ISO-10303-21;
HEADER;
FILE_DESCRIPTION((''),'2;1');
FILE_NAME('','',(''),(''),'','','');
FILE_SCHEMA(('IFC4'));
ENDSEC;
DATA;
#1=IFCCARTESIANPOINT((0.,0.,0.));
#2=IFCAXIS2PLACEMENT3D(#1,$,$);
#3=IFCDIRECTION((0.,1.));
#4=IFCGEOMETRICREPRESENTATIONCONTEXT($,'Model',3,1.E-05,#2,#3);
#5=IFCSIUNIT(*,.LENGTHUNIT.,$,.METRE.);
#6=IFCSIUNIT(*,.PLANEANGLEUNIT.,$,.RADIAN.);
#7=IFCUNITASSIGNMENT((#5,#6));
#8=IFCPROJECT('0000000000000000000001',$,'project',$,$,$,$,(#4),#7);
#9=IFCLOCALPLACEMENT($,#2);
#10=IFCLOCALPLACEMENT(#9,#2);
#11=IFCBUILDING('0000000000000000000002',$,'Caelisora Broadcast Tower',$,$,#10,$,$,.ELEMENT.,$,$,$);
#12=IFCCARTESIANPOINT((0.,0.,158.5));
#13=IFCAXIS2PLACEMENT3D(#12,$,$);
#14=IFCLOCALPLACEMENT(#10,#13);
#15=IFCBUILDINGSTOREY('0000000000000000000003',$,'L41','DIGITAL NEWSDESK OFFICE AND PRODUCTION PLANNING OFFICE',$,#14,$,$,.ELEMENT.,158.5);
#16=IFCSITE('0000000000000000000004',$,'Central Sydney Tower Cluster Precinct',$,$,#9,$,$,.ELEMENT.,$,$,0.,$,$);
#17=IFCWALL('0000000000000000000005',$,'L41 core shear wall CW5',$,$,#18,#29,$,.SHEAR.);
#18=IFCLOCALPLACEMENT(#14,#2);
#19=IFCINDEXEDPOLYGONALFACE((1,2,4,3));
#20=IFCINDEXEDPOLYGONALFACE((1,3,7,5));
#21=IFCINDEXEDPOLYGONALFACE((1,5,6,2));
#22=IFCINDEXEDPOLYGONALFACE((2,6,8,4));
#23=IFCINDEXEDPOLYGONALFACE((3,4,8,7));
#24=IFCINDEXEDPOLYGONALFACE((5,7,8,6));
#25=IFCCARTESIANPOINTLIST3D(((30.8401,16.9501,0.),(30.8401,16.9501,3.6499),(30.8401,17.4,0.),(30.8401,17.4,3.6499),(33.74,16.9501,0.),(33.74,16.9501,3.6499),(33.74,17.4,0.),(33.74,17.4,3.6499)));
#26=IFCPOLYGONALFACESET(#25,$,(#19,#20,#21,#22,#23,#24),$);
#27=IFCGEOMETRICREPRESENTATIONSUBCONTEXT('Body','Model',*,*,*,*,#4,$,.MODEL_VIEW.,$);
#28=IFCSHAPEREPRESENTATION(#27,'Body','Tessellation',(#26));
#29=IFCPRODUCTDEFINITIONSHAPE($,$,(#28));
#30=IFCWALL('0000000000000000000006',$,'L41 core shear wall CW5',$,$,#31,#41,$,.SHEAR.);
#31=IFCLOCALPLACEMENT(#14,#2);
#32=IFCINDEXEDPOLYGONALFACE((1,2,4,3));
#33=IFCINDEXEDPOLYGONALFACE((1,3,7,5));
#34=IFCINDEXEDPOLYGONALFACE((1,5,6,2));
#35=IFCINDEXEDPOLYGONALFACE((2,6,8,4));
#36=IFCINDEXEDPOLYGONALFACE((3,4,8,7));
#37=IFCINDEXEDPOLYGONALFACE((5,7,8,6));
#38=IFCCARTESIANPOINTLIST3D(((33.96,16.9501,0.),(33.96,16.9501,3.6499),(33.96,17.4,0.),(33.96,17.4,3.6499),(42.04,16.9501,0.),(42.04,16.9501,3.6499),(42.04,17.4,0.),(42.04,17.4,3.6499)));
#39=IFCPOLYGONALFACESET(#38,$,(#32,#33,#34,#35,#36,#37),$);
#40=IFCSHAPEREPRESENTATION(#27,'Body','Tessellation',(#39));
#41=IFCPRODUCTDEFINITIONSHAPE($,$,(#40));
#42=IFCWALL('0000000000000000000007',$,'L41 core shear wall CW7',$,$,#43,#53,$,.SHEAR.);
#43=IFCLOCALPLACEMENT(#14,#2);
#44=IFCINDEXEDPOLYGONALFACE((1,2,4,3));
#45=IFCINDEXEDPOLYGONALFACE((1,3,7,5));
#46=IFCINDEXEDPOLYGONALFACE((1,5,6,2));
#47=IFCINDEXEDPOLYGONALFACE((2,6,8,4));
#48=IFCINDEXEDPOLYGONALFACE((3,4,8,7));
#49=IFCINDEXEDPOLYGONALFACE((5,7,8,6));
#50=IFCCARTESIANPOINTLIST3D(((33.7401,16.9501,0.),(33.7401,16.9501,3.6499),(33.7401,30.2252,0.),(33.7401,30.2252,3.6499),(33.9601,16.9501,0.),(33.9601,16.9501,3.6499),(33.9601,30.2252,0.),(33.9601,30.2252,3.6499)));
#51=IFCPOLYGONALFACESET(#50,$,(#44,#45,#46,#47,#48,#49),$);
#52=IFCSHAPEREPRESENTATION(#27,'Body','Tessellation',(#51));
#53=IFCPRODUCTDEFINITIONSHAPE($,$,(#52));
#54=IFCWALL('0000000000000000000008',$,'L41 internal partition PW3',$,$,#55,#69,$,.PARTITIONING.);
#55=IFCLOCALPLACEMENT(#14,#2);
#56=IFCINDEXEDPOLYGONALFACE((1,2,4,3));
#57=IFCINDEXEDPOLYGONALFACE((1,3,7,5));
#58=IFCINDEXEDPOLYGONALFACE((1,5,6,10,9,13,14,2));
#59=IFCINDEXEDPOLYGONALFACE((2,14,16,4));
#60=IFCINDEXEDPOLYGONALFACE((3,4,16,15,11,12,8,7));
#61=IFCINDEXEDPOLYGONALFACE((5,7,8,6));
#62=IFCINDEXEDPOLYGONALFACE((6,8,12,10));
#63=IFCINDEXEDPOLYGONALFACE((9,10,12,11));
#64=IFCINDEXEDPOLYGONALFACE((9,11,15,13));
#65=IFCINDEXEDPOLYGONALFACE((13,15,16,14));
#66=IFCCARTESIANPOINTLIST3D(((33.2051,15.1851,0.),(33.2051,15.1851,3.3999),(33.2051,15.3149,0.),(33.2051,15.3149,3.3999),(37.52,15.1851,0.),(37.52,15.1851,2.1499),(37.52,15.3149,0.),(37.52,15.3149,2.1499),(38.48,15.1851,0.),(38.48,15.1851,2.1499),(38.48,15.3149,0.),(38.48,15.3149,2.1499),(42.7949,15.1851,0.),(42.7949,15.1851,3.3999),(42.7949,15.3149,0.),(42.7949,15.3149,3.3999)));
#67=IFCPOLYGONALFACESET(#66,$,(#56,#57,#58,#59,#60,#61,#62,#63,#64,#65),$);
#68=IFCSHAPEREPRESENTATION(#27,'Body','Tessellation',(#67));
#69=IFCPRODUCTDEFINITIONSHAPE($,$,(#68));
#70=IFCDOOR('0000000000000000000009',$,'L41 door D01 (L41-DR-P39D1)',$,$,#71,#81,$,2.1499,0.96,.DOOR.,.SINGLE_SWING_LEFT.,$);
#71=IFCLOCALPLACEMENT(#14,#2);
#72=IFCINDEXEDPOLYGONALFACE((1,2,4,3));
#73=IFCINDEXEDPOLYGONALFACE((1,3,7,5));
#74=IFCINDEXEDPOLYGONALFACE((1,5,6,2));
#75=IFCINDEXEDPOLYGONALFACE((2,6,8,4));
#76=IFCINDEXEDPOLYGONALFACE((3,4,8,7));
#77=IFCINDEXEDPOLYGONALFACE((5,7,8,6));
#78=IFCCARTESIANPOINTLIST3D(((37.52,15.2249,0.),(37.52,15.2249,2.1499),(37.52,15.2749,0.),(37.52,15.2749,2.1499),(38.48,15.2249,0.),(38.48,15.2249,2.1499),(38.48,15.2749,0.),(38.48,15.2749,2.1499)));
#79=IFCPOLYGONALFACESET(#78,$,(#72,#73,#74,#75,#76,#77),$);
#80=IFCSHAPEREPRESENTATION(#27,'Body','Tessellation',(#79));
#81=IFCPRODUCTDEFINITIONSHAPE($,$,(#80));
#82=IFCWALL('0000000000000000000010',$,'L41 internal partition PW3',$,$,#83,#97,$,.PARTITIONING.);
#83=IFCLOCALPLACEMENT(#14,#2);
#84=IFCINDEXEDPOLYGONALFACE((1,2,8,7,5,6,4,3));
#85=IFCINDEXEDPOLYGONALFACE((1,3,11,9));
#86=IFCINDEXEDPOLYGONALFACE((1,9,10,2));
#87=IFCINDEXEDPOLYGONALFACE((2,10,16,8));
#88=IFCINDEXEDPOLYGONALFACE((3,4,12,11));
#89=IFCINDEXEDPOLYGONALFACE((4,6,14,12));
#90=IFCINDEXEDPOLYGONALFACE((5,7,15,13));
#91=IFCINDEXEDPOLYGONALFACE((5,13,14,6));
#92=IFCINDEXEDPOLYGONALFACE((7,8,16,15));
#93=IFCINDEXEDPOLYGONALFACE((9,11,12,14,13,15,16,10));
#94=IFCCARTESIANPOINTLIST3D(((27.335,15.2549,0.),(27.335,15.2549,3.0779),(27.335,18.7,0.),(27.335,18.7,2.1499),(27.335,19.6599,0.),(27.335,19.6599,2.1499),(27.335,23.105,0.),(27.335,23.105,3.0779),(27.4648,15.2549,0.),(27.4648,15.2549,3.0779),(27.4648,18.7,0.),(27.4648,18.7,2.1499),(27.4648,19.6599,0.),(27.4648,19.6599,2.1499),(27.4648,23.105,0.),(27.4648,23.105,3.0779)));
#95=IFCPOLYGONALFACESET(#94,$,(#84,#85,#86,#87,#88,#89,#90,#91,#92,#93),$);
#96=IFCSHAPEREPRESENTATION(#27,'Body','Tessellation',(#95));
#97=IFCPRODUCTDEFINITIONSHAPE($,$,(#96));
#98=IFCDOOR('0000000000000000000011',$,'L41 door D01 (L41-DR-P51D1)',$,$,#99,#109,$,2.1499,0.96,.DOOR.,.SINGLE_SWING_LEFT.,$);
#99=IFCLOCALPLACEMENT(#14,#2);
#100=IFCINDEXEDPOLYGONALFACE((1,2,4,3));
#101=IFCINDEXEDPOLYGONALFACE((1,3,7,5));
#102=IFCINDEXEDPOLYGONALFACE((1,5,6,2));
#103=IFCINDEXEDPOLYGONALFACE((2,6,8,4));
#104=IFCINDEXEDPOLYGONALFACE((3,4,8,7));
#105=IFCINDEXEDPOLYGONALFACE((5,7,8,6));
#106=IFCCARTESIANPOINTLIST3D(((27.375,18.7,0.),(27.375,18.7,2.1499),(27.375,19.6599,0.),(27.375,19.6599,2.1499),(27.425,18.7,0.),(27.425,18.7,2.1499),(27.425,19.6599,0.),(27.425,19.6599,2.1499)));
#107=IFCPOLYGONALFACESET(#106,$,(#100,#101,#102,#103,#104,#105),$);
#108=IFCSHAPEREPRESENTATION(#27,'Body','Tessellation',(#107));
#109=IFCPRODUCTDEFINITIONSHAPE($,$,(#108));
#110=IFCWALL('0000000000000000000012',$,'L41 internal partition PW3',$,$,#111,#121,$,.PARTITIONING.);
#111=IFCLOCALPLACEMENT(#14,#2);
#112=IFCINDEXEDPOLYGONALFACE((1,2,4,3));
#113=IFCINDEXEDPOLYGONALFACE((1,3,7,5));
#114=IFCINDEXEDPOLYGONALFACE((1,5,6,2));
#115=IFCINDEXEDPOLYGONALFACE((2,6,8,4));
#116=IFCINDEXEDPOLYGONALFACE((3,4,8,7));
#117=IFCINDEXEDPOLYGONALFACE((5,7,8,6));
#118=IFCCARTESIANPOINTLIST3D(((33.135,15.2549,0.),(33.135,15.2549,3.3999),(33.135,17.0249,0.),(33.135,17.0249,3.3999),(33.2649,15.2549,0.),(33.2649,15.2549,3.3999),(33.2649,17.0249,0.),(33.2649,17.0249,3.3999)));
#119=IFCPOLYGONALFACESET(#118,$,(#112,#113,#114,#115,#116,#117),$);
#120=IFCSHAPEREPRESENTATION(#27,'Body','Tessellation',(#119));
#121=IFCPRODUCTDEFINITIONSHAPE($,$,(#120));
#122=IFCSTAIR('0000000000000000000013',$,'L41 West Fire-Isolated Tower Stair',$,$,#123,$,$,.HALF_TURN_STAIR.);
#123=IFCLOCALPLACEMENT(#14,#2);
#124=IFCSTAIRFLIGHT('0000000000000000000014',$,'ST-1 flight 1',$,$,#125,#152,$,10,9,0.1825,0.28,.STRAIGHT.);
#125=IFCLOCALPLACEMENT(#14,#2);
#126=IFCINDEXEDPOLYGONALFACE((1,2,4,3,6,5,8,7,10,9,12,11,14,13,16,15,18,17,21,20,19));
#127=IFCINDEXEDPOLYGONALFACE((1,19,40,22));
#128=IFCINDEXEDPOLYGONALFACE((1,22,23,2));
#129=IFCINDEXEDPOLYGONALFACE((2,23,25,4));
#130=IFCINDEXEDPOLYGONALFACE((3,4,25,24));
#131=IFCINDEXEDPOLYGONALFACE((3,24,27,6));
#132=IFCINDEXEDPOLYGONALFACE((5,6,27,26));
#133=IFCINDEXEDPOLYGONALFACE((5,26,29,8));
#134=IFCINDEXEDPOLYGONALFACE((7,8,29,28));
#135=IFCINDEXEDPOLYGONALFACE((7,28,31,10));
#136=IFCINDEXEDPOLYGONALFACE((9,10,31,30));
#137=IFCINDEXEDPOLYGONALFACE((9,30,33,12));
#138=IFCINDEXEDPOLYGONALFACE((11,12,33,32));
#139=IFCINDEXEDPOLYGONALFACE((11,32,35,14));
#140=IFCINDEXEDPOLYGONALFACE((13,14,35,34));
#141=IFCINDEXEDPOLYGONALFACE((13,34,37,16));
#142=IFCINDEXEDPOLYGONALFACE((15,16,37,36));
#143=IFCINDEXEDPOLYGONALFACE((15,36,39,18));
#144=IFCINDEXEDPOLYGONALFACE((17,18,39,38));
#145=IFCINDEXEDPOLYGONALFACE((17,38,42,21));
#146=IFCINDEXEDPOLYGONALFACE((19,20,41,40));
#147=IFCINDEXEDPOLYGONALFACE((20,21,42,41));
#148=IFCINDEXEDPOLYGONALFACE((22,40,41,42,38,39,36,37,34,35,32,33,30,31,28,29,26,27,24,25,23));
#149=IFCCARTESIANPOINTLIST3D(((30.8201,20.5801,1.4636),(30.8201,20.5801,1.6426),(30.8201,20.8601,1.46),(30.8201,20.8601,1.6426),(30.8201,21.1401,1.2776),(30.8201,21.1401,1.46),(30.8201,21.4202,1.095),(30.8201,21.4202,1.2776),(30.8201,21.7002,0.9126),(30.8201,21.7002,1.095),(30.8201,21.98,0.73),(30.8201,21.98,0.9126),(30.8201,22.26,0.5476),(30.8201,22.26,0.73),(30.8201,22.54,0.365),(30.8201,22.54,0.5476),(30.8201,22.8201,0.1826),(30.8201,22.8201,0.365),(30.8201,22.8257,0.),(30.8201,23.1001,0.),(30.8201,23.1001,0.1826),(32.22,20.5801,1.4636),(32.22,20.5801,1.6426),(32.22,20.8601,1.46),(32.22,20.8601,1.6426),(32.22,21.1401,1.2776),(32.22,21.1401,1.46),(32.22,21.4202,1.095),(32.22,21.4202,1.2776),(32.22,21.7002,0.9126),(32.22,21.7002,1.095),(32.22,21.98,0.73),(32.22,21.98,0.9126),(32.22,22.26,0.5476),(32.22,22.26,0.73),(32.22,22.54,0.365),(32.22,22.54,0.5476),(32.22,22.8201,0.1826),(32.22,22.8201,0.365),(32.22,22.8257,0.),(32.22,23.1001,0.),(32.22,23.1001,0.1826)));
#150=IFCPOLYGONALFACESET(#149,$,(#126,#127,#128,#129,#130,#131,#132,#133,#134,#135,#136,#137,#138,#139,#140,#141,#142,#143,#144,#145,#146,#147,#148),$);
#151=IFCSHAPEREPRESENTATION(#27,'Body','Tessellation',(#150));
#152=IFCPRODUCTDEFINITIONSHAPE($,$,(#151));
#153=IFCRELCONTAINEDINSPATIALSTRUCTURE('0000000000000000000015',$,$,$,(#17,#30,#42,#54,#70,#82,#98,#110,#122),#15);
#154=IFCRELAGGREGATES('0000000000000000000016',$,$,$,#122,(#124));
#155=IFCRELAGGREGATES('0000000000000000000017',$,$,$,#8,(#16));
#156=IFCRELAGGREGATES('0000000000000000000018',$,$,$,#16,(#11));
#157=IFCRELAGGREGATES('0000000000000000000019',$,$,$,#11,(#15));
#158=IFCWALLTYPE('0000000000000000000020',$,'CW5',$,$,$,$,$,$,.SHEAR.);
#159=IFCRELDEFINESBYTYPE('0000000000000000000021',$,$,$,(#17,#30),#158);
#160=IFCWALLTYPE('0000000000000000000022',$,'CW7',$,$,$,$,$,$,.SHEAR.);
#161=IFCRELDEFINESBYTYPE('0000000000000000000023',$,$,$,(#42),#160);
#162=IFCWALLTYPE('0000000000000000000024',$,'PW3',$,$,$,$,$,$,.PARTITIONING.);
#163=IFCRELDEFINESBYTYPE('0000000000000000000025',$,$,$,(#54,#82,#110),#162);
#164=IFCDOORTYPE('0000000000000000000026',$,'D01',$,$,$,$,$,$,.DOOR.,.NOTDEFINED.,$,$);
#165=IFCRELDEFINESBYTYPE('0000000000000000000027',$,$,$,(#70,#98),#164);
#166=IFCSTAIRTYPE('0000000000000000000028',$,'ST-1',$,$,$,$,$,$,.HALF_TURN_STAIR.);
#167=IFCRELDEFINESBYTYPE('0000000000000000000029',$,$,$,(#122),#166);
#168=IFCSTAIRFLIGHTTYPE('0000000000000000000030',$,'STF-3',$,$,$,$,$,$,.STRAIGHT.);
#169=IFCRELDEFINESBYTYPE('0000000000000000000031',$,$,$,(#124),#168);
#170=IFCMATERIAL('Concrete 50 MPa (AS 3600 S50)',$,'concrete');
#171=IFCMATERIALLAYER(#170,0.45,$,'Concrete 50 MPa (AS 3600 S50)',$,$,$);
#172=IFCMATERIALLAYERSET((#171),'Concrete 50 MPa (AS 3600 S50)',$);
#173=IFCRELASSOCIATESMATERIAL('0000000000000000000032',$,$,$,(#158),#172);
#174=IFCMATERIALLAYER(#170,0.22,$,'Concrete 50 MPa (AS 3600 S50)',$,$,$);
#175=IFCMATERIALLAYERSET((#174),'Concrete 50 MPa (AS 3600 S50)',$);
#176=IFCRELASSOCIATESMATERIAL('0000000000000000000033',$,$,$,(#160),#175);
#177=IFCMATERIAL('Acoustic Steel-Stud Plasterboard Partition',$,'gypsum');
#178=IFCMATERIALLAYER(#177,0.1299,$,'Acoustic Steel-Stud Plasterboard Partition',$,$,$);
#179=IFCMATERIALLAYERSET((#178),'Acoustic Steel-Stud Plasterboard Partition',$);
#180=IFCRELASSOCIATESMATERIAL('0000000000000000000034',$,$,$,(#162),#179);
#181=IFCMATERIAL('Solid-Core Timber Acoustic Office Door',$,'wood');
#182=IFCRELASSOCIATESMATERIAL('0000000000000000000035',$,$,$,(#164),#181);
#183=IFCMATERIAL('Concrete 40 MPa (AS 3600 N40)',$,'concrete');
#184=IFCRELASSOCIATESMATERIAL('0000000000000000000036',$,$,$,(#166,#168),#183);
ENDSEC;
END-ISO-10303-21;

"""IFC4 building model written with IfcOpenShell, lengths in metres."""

from ifc_helpers import new_model, si_unit, direction, frame, frame_2d, origin, place, context, subcontext, project, spatial, polyline, rectangle, outline, extrude, material, layer, layer_set, type_object, element, fill, aggregate, save


model = new_model("IFC4")

# Units and contexts
model_context = context("Model", 3, precision=1e-05, world=origin(), true_north=direction((0.0, 1.0)))
body_context = subcontext(model_context, "Body", "Model", "MODEL_VIEW")
ifc_project = project(units=[si_unit("LENGTHUNIT", "METRE"), si_unit("PLANEANGLEUNIT", "RADIAN")], contexts=[model_context])

# Site, building, storey
site_placement = place(None, origin())
site = spatial("IfcSite", under=ifc_project, at=site_placement, Name="Central Sydney Tower Cluster Precinct", CompositionType="ELEMENT", RefElevation=0.0)
building_placement = place(site_placement, origin())
building = spatial("IfcBuilding", under=site, at=building_placement, Name="Caelisora Broadcast Tower", CompositionType="ELEMENT")
storey_placement = place(building_placement, frame((0.0, 0.0, 158.5)))
storey = spatial("IfcBuildingStorey", under=building, at=storey_placement, Name="L41", Description="DIGITAL NEWSDESK OFFICE AND PRODUCTION PLANNING OFFICE", CompositionType="ELEMENT", Elevation=158.5)

# Shared definitions
ifc_material_1 = material(Name="Concrete 50 MPa (AS 3600 S50)", Category="concrete")

# Walls
ifc_layer_1 = layer(ifc_material_1, 0.45, Name="Concrete 50 MPa (AS 3600 S50)")
ifc_layer_set_1 = layer_set([ifc_layer_1], Name="Concrete 50 MPa (AS 3600 S50)")
wall_type_1 = type_object("IfcWallType", Name="CW5", PredefinedType="SHEAR", material=ifc_layer_set_1)
wall_1_placement = place(storey_placement, frame((30.8401, 17.175, 0.0), z_axis=(0.0, 0.0, 1.0), x_axis=(1.0, 0.0, 0.0)))
element("IfcWall", 1, at=wall_1_placement, inside=storey, type_object=wall_type_1, Name="L41 core shear wall CW5", PredefinedType="SHEAR", context=body_context, shape_type="SweptSolid", body=[
    extrude(rectangle(XDim=2.8999, YDim=0.45, at=frame_2d((1.45, 0.0))), origin(), (0.0, 0.0, 1.0), 3.6499),
])
wall_2_placement = place(storey_placement, frame((33.96, 17.175, 0.0), z_axis=(0.0, 0.0, 1.0), x_axis=(1.0, 0.0, 0.0)))
element("IfcWall", 2, at=wall_2_placement, inside=storey, type_object=wall_type_1, Name="L41 core shear wall CW5", PredefinedType="SHEAR", context=body_context, shape_type="SweptSolid", body=[
    extrude(rectangle(XDim=8.0801, YDim=0.45, at=frame_2d((4.04, 0.0))), origin(), (0.0, 0.0, 1.0), 3.6499),
])
ifc_layer_2 = layer(ifc_material_1, 0.22, Name="Concrete 50 MPa (AS 3600 S50)")
ifc_layer_set_2 = layer_set([ifc_layer_2], Name="Concrete 50 MPa (AS 3600 S50)")
wall_type_2 = type_object("IfcWallType", Name="CW7", PredefinedType="SHEAR", material=ifc_layer_set_2)
wall_3_placement = place(storey_placement, frame((33.8501, 16.95, 0.0), z_axis=(0.0, 0.0, 1.0), x_axis=(0.0, 1.0, 0.0)))
element("IfcWall", 3, at=wall_3_placement, inside=storey, type_object=wall_type_2, Name="L41 core shear wall CW7", PredefinedType="SHEAR", context=body_context, shape_type="SweptSolid", body=[
    extrude(rectangle(XDim=13.2751, YDim=0.22, at=frame_2d((6.6377, 0.0))), origin(), (0.0, 0.0, 1.0), 3.6499),
])

# Walls, openings, doors
ifc_material_2 = material(Name="Acoustic Steel-Stud Plasterboard Partition", Category="gypsum")
ifc_layer_3 = layer(ifc_material_2, 0.1299, Name="Acoustic Steel-Stud Plasterboard Partition")
ifc_layer_set_3 = layer_set([ifc_layer_3], Name="Acoustic Steel-Stud Plasterboard Partition")
wall_type_3 = type_object("IfcWallType", Name="PW3", PredefinedType="PARTITIONING", material=ifc_layer_set_3)
wall_4_placement = place(storey_placement, frame((33.2051, 15.25, 0.0), z_axis=(0.0, 0.0, 1.0), x_axis=(1.0, 0.0, 0.0)))
wall_4 = element("IfcWall", 4, at=wall_4_placement, inside=storey, type_object=wall_type_3, Name="L41 internal partition PW3", PredefinedType="PARTITIONING", context=body_context, shape_type="SweptSolid", body=[
    extrude(rectangle(XDim=9.5898, YDim=0.1299, at=frame_2d((4.7949, 0.0))), origin(), (0.0, 0.0, 1.0), 3.3999),
])
opening_1_placement = place(wall_4_placement, frame((4.3149, 0.0, 0.0)))
opening_1 = element("IfcOpeningElement", 5, at=opening_1_placement, cuts=wall_4, PredefinedType="OPENING", context=body_context, shape_type="SweptSolid", body=[
    extrude(rectangle(XDim=0.96, YDim=2.1499, at=frame_2d((0.48, 1.075))), frame((0.0, 0.0769, 0.0), z_axis=(0.0, -1.0, 0.0), x_axis=(1.0, 0.0, 0.0)), (0.0, 0.0, 1.0), 0.1538),
])
ifc_material_3 = material(Name="Solid-Core Timber Acoustic Office Door", Category="wood")
door_type_1 = type_object("IfcDoorType", Name="D01", OperationType="NOTDEFINED", PredefinedType="DOOR", material=ifc_material_3)
door_1_placement = place(opening_1_placement, origin())
door_1 = element("IfcDoor", 6, at=door_1_placement, inside=storey, type_object=door_type_1, Name="L41 door D01 (L41-DR-P39D1)", OperationType="SINGLE_SWING_LEFT", OverallHeight=2.1499, OverallWidth=0.96, PredefinedType="DOOR", context=body_context, shape_type="SweptSolid", body=[
    extrude(rectangle(XDim=0.96, YDim=2.1499, at=frame_2d((0.48, 1.075))), frame((0.0, 0.0249, 0.0), z_axis=(0.0, -1.0, 0.0), x_axis=(1.0, 0.0, 0.0)), (0.0, 0.0, 1.0), 0.05),
])
fill(opening_1, door_1)
wall_5_placement = place(storey_placement, frame((27.3999, 15.2549, 0.0), z_axis=(0.0, 0.0, 1.0), x_axis=(0.0, 1.0, 0.0)))
wall_5 = element("IfcWall", 7, at=wall_5_placement, inside=storey, type_object=wall_type_3, Name="L41 internal partition PW3", PredefinedType="PARTITIONING", context=body_context, shape_type="SweptSolid", body=[
    extrude(rectangle(XDim=7.8501, YDim=0.1299, at=frame_2d((3.925, 0.0))), origin(), (0.0, 0.0, 1.0), 3.0779),
])
opening_2_placement = place(wall_5_placement, frame((3.4451, 0.0, 0.0)))
opening_2 = element("IfcOpeningElement", 8, at=opening_2_placement, cuts=wall_5, PredefinedType="OPENING", context=body_context, shape_type="SweptSolid", body=[
    extrude(rectangle(XDim=0.96, YDim=2.1499, at=frame_2d((0.48, 1.075))), frame((0.0, 0.0769, 0.0), z_axis=(0.0, -1.0, 0.0), x_axis=(1.0, 0.0, 0.0)), (0.0, 0.0, 1.0), 0.1538),
])
door_2_placement = place(opening_2_placement, origin())
door_2 = element("IfcDoor", 9, at=door_2_placement, inside=storey, type_object=door_type_1, Name="L41 door D01 (L41-DR-P51D1)", OperationType="SINGLE_SWING_LEFT", OverallHeight=2.1499, OverallWidth=0.96, PredefinedType="DOOR", context=body_context, shape_type="SweptSolid", body=[
    extrude(rectangle(XDim=0.96, YDim=2.1499, at=frame_2d((0.48, 1.075))), frame((0.0, 0.0249, 0.0), z_axis=(0.0, -1.0, 0.0), x_axis=(1.0, 0.0, 0.0)), (0.0, 0.0, 1.0), 0.05),
])
fill(opening_2, door_2)

# Wall
wall_6_placement = place(storey_placement, frame((33.2, 15.2549, 0.0), z_axis=(0.0, 0.0, 1.0), x_axis=(0.0, 1.0, 0.0)))
element("IfcWall", 10, at=wall_6_placement, inside=storey, type_object=wall_type_3, Name="L41 internal partition PW3", PredefinedType="PARTITIONING", context=body_context, shape_type="SweptSolid", body=[
    extrude(rectangle(XDim=1.77, YDim=0.1299, at=frame_2d((0.885, 0.0))), origin(), (0.0, 0.0, 1.0), 3.3999),
])

# Stair, stair flight
ifc_material_4 = material(Name="Concrete 40 MPa (AS 3600 N40)", Category="concrete")
stair_type = type_object("IfcStairType", Name="ST-1", PredefinedType="HALF_TURN_STAIR", material=ifc_material_4)
stair_placement = place(storey_placement, origin())
stair = element("IfcStair", 11, at=stair_placement, inside=storey, type_object=stair_type, Name="L41 West Fire-Isolated Tower Stair", PredefinedType="HALF_TURN_STAIR")
stair_flight_type = type_object("IfcStairFlightType", Name="STF-3", PredefinedType="STRAIGHT", material=ifc_material_4)
stair_flight_1_placement = place(storey_placement, frame((31.52, 23.1001, 0.0), z_axis=(0.0, 0.0, 1.0), x_axis=(0.0, -1.0, 0.0)))
stair_flight_1 = element("IfcStairFlight", 12, at=stair_flight_1_placement, type_object=stair_flight_type, Name="ST-1 flight 1", NumberOfRisers=10, NumberOfTreads=9, PredefinedType="STRAIGHT", RiserHeight=0.1825, TreadLength=0.28, context=body_context, shape_type="SweptSolid", body=[
    extrude(outline(polyline([(0.0, 0.0), (0.0, 0.1826), (0.28, 0.1826), (0.28, 0.365), (0.5601, 0.365), (0.5601, 0.5476), (0.8401, 0.5476), (0.8401, 0.73), (1.1201, 0.73), (1.1201, 0.9126), (1.3999, 0.9126), (1.3999, 1.095), (1.6799, 1.095), (1.6799, 1.2776), (1.96, 1.2776), (1.96, 1.46), (2.24, 1.46), (2.24, 1.6426), (2.52, 1.6426), (2.52, 1.825), (2.52, 1.4636), (0.2744, 0.0), (0.0, 0.0)])), frame((0.0, 0.7, 0.0), z_axis=(0.0, -1.0, 0.0), x_axis=(1.0, 0.0, 0.0)), (0.0, 0.0, 1.0), 1.3999),
])
aggregate(stair, [stair_flight_1])

save(model, "model.ifc")
